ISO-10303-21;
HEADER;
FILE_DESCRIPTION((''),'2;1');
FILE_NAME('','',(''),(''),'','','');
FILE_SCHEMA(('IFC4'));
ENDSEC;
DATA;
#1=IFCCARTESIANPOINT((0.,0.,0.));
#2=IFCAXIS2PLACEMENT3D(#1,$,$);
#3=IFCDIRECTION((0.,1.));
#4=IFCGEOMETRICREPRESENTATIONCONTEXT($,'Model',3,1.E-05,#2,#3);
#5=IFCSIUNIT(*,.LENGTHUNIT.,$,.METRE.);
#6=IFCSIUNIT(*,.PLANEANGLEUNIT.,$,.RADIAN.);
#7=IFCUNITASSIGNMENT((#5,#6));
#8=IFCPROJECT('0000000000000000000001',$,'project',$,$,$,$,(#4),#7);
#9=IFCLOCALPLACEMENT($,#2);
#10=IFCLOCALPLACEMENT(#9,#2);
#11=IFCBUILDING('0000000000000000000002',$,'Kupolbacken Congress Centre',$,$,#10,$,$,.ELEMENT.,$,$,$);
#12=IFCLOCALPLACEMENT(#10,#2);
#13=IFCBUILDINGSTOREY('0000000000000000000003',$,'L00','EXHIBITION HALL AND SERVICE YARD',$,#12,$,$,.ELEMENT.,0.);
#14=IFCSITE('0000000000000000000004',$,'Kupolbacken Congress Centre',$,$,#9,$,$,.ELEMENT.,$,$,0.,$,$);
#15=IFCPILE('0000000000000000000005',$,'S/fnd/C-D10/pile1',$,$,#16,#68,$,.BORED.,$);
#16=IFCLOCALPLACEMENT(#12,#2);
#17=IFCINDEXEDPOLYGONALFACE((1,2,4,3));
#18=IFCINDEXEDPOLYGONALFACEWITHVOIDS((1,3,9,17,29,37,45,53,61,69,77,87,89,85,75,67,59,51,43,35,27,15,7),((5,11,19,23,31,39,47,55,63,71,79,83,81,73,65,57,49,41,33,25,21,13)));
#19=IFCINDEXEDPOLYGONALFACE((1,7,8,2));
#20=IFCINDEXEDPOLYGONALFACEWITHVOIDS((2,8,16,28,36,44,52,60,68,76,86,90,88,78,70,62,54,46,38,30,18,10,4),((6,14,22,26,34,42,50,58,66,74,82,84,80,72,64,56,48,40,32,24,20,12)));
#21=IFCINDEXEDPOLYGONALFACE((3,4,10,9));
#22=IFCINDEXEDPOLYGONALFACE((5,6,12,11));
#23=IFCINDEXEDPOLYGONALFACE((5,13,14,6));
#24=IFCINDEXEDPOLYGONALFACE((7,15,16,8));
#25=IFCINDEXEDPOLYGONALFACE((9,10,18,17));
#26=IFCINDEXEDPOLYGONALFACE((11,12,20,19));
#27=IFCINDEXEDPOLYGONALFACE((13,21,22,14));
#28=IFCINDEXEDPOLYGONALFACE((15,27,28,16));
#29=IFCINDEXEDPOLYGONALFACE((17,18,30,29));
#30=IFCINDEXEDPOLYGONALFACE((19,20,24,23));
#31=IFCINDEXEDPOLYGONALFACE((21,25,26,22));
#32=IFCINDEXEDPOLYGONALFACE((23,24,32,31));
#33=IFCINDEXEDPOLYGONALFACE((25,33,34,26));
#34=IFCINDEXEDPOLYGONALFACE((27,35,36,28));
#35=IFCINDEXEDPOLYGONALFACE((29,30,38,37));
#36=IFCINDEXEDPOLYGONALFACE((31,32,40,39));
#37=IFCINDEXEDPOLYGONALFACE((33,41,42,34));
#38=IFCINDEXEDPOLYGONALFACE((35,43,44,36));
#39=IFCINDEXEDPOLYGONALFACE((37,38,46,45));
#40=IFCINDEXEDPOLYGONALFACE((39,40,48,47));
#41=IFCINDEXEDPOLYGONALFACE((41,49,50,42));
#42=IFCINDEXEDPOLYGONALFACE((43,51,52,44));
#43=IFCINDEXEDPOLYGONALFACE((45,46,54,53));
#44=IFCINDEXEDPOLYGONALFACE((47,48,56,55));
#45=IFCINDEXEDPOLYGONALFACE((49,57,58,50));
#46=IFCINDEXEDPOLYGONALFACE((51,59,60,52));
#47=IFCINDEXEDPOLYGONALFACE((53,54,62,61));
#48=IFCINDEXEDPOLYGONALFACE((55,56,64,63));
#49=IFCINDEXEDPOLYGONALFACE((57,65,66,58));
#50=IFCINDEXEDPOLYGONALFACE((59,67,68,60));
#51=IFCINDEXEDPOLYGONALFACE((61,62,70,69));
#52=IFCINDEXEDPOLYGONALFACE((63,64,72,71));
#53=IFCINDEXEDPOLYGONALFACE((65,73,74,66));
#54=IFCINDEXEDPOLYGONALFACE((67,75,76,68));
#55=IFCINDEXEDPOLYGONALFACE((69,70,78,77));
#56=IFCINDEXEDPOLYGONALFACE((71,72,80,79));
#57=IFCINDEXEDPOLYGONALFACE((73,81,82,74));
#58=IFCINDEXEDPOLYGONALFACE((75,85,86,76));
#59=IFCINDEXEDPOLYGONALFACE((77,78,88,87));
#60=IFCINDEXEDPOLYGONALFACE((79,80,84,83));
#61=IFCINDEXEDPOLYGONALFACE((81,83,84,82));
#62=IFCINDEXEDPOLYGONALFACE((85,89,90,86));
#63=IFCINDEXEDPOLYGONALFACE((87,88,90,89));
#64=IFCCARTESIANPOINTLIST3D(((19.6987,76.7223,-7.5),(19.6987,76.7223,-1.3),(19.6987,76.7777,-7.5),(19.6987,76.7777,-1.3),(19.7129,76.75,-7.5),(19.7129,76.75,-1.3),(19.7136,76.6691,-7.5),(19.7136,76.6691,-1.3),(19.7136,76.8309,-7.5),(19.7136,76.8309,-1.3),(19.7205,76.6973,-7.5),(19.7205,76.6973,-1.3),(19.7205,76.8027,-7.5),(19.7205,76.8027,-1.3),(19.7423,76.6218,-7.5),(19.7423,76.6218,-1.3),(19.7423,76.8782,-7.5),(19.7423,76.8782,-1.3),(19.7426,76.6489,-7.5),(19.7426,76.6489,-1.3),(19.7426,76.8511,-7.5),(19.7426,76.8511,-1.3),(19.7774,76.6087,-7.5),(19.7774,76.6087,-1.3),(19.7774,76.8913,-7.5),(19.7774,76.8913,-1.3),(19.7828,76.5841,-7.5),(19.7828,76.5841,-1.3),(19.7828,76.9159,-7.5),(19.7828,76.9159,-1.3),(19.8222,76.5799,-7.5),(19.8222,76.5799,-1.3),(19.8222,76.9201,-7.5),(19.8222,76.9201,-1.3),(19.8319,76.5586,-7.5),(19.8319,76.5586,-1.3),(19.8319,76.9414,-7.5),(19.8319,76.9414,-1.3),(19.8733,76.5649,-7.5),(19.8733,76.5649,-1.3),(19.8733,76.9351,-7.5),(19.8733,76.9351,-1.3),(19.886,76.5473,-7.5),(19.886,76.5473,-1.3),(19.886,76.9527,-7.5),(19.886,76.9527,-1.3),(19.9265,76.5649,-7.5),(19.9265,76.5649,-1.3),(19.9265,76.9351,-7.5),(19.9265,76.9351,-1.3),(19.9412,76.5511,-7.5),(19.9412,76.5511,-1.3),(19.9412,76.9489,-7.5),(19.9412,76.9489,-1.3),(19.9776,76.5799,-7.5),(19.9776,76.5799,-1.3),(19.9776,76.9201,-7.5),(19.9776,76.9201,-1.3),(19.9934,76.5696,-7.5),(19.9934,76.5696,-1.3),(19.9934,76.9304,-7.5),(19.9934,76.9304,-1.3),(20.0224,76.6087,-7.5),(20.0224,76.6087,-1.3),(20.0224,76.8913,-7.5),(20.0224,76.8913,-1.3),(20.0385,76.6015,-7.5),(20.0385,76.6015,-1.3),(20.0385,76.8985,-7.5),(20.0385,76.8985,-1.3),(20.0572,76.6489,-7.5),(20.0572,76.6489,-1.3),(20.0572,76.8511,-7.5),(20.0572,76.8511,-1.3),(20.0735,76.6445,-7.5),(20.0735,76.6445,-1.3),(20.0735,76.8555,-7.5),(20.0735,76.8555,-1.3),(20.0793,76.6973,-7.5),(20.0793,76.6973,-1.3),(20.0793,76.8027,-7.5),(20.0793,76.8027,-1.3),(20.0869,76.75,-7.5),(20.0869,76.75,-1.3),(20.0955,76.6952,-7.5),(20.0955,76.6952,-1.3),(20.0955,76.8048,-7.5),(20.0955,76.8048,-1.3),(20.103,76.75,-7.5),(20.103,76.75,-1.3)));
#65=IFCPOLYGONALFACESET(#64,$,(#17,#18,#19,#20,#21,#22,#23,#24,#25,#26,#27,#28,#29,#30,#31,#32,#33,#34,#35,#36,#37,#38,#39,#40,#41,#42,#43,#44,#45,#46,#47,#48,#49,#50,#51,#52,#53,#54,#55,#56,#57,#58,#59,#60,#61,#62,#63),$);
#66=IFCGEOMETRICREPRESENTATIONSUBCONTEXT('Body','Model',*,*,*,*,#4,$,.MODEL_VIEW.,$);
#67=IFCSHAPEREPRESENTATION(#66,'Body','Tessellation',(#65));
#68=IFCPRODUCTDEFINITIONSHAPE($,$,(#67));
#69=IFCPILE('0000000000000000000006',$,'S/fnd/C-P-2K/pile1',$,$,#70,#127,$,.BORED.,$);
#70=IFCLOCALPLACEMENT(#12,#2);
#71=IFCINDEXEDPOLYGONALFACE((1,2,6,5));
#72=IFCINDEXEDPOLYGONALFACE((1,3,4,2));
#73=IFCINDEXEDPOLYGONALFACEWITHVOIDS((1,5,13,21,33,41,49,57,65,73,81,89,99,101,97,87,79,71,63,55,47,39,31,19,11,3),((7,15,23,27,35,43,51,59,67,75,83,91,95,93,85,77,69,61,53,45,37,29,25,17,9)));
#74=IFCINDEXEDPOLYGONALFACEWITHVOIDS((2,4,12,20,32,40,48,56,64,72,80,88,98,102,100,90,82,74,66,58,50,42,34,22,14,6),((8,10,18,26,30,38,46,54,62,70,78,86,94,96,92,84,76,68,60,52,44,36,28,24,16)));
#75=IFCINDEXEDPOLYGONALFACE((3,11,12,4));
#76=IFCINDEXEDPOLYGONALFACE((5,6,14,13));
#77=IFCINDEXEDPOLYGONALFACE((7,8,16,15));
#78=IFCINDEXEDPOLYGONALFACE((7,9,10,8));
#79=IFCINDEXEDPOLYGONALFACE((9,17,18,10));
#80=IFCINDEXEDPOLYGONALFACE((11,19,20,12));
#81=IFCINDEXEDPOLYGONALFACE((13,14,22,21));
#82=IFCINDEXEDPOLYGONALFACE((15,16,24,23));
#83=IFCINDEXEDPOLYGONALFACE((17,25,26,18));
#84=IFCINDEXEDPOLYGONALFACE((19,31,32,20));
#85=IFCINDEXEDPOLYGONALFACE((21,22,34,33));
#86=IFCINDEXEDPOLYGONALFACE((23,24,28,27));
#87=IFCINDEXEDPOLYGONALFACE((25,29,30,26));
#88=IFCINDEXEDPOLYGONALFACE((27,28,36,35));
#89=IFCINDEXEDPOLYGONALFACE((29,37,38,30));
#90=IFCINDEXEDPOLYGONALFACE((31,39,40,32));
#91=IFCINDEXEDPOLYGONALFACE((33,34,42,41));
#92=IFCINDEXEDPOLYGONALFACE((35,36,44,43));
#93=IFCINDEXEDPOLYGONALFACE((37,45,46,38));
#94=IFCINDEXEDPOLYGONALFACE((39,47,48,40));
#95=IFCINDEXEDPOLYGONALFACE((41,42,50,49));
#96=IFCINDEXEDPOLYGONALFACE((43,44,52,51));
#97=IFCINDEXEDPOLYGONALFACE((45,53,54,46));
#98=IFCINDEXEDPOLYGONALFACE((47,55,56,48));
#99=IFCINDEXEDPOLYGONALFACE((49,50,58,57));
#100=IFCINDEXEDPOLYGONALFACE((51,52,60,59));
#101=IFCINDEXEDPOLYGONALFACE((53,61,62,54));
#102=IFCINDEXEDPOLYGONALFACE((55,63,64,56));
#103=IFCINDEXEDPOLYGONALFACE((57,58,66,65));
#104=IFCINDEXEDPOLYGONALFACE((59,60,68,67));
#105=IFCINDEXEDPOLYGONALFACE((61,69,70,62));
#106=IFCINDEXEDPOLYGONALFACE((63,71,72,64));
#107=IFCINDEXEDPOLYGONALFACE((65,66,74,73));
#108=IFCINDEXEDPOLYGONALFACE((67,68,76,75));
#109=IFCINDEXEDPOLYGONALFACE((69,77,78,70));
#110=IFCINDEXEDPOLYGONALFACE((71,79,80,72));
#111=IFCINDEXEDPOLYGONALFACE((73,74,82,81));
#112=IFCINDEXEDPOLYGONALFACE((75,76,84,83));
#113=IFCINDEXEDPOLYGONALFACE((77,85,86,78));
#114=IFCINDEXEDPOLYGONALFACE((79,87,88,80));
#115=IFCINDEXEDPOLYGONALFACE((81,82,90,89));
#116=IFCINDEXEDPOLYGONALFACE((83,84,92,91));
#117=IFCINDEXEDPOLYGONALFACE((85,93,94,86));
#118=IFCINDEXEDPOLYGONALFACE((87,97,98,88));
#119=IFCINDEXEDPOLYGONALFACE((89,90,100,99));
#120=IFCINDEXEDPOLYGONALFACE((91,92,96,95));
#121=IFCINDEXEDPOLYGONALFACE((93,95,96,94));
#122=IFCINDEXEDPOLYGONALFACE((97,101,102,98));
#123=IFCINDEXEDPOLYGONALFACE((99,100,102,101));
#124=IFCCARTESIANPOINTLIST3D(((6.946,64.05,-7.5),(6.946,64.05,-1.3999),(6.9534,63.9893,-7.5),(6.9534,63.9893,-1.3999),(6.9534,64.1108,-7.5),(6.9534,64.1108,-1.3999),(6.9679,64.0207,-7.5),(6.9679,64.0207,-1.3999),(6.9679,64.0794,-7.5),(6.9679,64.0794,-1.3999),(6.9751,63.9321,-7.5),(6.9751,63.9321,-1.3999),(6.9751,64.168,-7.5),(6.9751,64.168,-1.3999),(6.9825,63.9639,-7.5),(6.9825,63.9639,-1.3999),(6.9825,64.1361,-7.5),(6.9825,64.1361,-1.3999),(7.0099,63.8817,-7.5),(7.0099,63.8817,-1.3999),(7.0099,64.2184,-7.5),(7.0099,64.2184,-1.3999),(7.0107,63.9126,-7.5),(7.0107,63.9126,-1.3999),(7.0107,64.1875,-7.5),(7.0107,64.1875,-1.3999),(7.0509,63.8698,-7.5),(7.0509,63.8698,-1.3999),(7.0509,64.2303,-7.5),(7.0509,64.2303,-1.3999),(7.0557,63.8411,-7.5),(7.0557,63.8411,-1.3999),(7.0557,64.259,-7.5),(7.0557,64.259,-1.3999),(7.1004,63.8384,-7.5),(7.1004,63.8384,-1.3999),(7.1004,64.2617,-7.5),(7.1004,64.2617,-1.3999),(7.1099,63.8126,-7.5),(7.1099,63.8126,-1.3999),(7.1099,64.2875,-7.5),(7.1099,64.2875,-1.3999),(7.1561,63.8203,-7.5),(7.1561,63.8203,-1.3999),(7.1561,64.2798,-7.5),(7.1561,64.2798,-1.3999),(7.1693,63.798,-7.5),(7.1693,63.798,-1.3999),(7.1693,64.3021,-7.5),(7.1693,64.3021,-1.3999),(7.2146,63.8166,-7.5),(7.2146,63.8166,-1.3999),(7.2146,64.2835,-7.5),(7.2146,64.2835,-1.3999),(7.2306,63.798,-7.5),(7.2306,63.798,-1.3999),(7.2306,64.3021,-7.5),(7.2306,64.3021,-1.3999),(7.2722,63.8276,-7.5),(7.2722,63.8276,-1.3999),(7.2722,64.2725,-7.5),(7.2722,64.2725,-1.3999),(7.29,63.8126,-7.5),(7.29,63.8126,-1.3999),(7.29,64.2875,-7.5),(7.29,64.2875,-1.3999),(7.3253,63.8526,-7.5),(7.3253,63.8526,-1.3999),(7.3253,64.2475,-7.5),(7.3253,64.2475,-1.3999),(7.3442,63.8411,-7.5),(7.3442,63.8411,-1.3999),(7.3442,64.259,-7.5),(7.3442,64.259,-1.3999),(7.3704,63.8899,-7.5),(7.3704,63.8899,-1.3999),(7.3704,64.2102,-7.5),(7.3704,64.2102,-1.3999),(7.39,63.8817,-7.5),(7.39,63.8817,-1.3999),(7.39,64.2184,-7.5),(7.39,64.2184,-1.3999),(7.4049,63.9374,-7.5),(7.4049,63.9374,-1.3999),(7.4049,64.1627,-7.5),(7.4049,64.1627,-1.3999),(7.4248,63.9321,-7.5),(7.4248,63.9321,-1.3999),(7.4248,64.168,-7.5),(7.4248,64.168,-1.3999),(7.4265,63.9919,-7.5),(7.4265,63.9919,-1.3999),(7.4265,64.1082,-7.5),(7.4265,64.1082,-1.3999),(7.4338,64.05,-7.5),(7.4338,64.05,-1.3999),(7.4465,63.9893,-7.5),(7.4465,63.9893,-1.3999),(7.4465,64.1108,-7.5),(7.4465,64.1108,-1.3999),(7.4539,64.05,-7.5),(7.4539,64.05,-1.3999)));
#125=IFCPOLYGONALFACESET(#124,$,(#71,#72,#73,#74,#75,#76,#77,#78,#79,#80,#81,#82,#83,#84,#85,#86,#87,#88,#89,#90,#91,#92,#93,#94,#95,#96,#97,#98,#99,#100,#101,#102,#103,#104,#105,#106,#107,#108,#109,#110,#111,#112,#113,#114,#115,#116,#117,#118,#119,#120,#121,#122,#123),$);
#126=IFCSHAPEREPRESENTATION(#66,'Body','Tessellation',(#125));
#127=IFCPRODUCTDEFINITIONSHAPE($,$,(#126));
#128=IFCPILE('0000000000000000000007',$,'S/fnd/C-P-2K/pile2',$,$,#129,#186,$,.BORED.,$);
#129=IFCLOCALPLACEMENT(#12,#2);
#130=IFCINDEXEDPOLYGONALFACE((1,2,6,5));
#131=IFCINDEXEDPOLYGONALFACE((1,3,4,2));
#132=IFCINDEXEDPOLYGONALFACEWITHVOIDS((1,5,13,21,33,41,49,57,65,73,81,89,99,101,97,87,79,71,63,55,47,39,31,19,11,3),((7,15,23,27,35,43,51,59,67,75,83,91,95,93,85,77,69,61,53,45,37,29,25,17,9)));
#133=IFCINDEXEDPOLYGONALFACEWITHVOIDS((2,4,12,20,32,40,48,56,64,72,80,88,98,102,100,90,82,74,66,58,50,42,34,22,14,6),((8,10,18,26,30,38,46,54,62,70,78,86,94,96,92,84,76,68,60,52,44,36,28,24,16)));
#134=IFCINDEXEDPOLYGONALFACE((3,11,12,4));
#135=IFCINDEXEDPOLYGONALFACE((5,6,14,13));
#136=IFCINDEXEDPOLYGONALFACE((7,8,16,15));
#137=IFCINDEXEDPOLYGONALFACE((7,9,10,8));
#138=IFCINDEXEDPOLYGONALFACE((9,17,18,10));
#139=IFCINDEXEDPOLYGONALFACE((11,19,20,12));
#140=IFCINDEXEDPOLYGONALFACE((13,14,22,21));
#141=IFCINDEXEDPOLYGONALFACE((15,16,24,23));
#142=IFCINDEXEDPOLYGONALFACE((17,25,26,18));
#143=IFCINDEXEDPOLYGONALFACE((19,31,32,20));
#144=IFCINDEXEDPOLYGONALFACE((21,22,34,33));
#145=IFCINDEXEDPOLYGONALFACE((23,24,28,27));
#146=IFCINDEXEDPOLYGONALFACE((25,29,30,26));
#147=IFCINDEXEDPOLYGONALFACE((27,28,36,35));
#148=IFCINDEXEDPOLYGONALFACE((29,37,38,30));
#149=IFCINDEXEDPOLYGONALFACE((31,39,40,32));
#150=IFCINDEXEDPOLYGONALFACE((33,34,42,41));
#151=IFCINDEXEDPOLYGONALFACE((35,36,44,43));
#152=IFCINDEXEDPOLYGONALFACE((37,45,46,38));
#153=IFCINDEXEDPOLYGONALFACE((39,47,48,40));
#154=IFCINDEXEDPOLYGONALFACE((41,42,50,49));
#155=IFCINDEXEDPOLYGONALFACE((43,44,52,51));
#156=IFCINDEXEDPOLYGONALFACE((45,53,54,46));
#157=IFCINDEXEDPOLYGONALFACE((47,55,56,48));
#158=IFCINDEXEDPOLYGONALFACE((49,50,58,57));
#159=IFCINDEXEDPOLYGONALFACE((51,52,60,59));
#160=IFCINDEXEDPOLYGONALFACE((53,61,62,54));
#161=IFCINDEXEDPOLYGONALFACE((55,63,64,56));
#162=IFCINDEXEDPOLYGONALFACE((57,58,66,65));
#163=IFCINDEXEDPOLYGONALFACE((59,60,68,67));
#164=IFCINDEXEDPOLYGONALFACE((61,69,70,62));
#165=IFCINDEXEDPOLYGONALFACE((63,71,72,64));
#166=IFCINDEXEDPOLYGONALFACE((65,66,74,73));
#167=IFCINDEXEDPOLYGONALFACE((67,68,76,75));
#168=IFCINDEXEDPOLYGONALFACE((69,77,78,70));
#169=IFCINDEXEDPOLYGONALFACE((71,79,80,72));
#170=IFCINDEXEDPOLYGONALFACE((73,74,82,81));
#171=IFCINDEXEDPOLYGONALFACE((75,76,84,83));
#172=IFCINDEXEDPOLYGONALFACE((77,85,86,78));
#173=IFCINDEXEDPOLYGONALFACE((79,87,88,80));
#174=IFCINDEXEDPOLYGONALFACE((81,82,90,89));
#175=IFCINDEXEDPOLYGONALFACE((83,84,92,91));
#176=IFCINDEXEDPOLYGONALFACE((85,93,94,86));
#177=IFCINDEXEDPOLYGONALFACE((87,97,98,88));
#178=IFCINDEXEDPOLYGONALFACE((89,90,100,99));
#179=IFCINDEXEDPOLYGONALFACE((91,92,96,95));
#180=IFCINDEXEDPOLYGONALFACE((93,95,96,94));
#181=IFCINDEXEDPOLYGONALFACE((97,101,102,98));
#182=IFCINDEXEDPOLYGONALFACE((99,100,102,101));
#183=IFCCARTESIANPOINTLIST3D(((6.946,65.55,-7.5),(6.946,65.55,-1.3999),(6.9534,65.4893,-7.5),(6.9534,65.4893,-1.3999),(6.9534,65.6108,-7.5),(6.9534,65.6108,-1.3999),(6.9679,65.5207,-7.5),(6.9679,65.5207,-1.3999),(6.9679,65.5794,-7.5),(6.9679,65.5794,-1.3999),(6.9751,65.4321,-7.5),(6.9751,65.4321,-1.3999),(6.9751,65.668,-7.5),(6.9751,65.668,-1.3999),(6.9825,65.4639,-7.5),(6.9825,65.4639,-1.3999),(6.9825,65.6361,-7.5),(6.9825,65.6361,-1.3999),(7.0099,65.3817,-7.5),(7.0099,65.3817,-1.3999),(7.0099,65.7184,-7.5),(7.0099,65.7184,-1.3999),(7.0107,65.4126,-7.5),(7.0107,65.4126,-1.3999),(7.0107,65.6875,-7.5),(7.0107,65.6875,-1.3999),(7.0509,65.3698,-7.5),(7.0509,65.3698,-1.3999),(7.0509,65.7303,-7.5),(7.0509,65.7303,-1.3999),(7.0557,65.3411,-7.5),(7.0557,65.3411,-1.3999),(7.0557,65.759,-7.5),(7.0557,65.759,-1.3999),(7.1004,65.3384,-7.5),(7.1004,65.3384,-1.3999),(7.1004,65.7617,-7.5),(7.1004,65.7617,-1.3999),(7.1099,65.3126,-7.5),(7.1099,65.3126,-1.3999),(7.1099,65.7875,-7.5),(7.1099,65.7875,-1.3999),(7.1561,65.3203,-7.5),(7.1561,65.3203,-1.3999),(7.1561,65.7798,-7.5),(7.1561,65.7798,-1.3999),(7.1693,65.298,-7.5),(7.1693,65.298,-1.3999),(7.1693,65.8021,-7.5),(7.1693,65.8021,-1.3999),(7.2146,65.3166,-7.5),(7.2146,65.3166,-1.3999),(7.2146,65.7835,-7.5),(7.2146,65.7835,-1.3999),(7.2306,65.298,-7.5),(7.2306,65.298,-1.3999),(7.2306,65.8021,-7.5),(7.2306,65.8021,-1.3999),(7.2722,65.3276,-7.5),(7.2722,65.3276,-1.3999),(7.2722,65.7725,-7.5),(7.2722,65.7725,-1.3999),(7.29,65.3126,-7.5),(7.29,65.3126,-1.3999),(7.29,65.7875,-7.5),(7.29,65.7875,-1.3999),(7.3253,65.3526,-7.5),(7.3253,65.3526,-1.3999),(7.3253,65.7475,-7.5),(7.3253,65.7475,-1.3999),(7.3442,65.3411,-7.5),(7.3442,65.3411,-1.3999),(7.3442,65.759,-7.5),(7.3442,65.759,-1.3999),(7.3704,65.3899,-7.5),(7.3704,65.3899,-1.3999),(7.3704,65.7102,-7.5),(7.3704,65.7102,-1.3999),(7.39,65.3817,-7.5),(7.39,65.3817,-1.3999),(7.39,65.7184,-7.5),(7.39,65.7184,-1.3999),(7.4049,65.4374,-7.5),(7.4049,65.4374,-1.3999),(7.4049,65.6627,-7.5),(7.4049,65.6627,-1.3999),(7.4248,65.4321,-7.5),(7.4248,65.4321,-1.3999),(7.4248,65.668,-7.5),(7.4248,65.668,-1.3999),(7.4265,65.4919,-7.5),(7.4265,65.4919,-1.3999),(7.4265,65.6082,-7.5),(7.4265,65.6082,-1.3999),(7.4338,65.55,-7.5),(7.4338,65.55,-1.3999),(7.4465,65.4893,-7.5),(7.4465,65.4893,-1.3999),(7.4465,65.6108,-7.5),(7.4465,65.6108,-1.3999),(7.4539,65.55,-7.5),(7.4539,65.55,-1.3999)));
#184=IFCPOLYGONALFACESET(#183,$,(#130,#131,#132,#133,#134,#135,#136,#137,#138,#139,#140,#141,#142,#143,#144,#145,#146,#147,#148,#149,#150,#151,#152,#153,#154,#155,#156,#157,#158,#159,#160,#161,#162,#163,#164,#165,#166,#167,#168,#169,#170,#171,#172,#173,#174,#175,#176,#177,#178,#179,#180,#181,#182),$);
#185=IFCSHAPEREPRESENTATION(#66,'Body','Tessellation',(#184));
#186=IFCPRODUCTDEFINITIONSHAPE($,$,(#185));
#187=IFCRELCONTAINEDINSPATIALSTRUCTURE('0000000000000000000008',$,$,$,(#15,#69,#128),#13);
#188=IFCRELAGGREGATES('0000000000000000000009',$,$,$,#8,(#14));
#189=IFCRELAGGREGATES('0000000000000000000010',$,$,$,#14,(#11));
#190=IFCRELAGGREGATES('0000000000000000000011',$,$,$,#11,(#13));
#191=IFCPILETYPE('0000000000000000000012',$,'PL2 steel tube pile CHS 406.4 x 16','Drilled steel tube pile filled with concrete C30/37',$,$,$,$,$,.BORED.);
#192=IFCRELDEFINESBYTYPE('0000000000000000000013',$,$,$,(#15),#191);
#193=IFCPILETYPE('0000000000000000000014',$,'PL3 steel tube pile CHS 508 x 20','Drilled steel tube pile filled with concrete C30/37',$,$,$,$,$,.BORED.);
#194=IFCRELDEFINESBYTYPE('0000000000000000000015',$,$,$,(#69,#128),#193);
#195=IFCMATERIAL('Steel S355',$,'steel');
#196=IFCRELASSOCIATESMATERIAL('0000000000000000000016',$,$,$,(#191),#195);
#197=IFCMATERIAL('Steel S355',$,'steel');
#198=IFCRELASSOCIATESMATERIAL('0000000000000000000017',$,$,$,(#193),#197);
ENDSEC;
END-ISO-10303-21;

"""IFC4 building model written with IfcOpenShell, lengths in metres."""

from ifc_helpers import new_model, si_unit, direction, frame, origin, origin_2d, place, context, subcontext, project, spatial, hollow_circle, extrude, material, material_profile, profile_set, type_object, element, save


model = new_model("IFC4")

# Units and contexts
model_context = context("Model", 3, precision=1e-05, world=origin(), true_north=direction((0.0, 1.0)))
body_context = subcontext(model_context, "Body", "Model", "MODEL_VIEW")
ifc_project = project(units=[si_unit("LENGTHUNIT", "METRE"), si_unit("PLANEANGLEUNIT", "RADIAN")], contexts=[model_context])

# Site, building, storey
site_placement = place(None, origin())
site = spatial("IfcSite", under=ifc_project, at=site_placement, Name="Kupolbacken Congress Centre", CompositionType="ELEMENT", RefElevation=0.0)
building_placement = place(site_placement, origin())
building = spatial("IfcBuilding", under=site, at=building_placement, Name="Kupolbacken Congress Centre", CompositionType="ELEMENT")
storey_placement = place(building_placement, origin())
storey = spatial("IfcBuildingStorey", under=building, at=storey_placement, Name="L00", Description="EXHIBITION HALL AND SERVICE YARD", CompositionType="ELEMENT", Elevation=0.0)

# Piles
ifc_material_1 = material(Name="Steel S355", Category="steel")
ifc_material_profile_1 = material_profile(ifc_material_1, hollow_circle(Radius=0.2031, WallThickness=0.0161, at=origin_2d()), Name="CHS 406.4 x 16")
ifc_profile_set_1 = profile_set([ifc_material_profile_1], Name="Steel S355")
pile_type_1 = type_object("IfcPileType", Name="PL2 steel tube pile CHS 406.4 x 16", Description="Drilled steel tube pile filled with concrete C30/37", PredefinedType="BORED", material=ifc_profile_set_1)
pile_placement = place(storey_placement, frame((19.8999, 76.75, -1.3), z_axis=(0.0, 0.0, -1.0), x_axis=(1.0, 0.0, 0.0)))
element("IfcPile", 1, at=pile_placement, inside=storey, type_object=pile_type_1, Name="S/fnd/C-D10/pile1", PredefinedType="BORED", context=body_context, shape_type="SweptSolid", body=[
    extrude(hollow_circle(Radius=0.2031, WallThickness=0.0161, at=origin_2d()), origin(), (0.0, 0.0, 1.0), 6.2),
])
ifc_material_2 = material(Name="Steel S355", Category="steel")
ifc_material_profile_2 = material_profile(ifc_material_2, hollow_circle(Radius=0.2539, WallThickness=0.02, at=origin_2d()), Name="CHS 508 x 20")
ifc_profile_set_2 = profile_set([ifc_material_profile_2], Name="Steel S355")
pile_type_2 = type_object("IfcPileType", Name="PL3 steel tube pile CHS 508 x 20", Description="Drilled steel tube pile filled with concrete C30/37", PredefinedType="BORED", material=ifc_profile_set_2)
for number, where, z_axis, x_axis, name in (
    (2, (7.2, 64.05, -1.3999), (0.0, 0.0, -1.0), (1.0, 0.0, 0.0), "S/fnd/C-P-2K/pile1"),
    (3, (7.2, 65.55, -1.3999), (0.0, 0.0, -1.0), (1.0, 0.0, 0.0), "S/fnd/C-P-2K/pile2"),
):
    element("IfcPile", number, at=place(storey_placement, frame(where, z_axis=z_axis, x_axis=x_axis)), inside=storey, type_object=pile_type_2, Name=name, PredefinedType="BORED", context=body_context, shape_type="SweptSolid", body=[
        extrude(hollow_circle(Radius=0.2539, WallThickness=0.02, at=origin_2d()), origin(), (0.0, 0.0, 1.0), 6.1001),
    ])

save(model, "model.ifc")
